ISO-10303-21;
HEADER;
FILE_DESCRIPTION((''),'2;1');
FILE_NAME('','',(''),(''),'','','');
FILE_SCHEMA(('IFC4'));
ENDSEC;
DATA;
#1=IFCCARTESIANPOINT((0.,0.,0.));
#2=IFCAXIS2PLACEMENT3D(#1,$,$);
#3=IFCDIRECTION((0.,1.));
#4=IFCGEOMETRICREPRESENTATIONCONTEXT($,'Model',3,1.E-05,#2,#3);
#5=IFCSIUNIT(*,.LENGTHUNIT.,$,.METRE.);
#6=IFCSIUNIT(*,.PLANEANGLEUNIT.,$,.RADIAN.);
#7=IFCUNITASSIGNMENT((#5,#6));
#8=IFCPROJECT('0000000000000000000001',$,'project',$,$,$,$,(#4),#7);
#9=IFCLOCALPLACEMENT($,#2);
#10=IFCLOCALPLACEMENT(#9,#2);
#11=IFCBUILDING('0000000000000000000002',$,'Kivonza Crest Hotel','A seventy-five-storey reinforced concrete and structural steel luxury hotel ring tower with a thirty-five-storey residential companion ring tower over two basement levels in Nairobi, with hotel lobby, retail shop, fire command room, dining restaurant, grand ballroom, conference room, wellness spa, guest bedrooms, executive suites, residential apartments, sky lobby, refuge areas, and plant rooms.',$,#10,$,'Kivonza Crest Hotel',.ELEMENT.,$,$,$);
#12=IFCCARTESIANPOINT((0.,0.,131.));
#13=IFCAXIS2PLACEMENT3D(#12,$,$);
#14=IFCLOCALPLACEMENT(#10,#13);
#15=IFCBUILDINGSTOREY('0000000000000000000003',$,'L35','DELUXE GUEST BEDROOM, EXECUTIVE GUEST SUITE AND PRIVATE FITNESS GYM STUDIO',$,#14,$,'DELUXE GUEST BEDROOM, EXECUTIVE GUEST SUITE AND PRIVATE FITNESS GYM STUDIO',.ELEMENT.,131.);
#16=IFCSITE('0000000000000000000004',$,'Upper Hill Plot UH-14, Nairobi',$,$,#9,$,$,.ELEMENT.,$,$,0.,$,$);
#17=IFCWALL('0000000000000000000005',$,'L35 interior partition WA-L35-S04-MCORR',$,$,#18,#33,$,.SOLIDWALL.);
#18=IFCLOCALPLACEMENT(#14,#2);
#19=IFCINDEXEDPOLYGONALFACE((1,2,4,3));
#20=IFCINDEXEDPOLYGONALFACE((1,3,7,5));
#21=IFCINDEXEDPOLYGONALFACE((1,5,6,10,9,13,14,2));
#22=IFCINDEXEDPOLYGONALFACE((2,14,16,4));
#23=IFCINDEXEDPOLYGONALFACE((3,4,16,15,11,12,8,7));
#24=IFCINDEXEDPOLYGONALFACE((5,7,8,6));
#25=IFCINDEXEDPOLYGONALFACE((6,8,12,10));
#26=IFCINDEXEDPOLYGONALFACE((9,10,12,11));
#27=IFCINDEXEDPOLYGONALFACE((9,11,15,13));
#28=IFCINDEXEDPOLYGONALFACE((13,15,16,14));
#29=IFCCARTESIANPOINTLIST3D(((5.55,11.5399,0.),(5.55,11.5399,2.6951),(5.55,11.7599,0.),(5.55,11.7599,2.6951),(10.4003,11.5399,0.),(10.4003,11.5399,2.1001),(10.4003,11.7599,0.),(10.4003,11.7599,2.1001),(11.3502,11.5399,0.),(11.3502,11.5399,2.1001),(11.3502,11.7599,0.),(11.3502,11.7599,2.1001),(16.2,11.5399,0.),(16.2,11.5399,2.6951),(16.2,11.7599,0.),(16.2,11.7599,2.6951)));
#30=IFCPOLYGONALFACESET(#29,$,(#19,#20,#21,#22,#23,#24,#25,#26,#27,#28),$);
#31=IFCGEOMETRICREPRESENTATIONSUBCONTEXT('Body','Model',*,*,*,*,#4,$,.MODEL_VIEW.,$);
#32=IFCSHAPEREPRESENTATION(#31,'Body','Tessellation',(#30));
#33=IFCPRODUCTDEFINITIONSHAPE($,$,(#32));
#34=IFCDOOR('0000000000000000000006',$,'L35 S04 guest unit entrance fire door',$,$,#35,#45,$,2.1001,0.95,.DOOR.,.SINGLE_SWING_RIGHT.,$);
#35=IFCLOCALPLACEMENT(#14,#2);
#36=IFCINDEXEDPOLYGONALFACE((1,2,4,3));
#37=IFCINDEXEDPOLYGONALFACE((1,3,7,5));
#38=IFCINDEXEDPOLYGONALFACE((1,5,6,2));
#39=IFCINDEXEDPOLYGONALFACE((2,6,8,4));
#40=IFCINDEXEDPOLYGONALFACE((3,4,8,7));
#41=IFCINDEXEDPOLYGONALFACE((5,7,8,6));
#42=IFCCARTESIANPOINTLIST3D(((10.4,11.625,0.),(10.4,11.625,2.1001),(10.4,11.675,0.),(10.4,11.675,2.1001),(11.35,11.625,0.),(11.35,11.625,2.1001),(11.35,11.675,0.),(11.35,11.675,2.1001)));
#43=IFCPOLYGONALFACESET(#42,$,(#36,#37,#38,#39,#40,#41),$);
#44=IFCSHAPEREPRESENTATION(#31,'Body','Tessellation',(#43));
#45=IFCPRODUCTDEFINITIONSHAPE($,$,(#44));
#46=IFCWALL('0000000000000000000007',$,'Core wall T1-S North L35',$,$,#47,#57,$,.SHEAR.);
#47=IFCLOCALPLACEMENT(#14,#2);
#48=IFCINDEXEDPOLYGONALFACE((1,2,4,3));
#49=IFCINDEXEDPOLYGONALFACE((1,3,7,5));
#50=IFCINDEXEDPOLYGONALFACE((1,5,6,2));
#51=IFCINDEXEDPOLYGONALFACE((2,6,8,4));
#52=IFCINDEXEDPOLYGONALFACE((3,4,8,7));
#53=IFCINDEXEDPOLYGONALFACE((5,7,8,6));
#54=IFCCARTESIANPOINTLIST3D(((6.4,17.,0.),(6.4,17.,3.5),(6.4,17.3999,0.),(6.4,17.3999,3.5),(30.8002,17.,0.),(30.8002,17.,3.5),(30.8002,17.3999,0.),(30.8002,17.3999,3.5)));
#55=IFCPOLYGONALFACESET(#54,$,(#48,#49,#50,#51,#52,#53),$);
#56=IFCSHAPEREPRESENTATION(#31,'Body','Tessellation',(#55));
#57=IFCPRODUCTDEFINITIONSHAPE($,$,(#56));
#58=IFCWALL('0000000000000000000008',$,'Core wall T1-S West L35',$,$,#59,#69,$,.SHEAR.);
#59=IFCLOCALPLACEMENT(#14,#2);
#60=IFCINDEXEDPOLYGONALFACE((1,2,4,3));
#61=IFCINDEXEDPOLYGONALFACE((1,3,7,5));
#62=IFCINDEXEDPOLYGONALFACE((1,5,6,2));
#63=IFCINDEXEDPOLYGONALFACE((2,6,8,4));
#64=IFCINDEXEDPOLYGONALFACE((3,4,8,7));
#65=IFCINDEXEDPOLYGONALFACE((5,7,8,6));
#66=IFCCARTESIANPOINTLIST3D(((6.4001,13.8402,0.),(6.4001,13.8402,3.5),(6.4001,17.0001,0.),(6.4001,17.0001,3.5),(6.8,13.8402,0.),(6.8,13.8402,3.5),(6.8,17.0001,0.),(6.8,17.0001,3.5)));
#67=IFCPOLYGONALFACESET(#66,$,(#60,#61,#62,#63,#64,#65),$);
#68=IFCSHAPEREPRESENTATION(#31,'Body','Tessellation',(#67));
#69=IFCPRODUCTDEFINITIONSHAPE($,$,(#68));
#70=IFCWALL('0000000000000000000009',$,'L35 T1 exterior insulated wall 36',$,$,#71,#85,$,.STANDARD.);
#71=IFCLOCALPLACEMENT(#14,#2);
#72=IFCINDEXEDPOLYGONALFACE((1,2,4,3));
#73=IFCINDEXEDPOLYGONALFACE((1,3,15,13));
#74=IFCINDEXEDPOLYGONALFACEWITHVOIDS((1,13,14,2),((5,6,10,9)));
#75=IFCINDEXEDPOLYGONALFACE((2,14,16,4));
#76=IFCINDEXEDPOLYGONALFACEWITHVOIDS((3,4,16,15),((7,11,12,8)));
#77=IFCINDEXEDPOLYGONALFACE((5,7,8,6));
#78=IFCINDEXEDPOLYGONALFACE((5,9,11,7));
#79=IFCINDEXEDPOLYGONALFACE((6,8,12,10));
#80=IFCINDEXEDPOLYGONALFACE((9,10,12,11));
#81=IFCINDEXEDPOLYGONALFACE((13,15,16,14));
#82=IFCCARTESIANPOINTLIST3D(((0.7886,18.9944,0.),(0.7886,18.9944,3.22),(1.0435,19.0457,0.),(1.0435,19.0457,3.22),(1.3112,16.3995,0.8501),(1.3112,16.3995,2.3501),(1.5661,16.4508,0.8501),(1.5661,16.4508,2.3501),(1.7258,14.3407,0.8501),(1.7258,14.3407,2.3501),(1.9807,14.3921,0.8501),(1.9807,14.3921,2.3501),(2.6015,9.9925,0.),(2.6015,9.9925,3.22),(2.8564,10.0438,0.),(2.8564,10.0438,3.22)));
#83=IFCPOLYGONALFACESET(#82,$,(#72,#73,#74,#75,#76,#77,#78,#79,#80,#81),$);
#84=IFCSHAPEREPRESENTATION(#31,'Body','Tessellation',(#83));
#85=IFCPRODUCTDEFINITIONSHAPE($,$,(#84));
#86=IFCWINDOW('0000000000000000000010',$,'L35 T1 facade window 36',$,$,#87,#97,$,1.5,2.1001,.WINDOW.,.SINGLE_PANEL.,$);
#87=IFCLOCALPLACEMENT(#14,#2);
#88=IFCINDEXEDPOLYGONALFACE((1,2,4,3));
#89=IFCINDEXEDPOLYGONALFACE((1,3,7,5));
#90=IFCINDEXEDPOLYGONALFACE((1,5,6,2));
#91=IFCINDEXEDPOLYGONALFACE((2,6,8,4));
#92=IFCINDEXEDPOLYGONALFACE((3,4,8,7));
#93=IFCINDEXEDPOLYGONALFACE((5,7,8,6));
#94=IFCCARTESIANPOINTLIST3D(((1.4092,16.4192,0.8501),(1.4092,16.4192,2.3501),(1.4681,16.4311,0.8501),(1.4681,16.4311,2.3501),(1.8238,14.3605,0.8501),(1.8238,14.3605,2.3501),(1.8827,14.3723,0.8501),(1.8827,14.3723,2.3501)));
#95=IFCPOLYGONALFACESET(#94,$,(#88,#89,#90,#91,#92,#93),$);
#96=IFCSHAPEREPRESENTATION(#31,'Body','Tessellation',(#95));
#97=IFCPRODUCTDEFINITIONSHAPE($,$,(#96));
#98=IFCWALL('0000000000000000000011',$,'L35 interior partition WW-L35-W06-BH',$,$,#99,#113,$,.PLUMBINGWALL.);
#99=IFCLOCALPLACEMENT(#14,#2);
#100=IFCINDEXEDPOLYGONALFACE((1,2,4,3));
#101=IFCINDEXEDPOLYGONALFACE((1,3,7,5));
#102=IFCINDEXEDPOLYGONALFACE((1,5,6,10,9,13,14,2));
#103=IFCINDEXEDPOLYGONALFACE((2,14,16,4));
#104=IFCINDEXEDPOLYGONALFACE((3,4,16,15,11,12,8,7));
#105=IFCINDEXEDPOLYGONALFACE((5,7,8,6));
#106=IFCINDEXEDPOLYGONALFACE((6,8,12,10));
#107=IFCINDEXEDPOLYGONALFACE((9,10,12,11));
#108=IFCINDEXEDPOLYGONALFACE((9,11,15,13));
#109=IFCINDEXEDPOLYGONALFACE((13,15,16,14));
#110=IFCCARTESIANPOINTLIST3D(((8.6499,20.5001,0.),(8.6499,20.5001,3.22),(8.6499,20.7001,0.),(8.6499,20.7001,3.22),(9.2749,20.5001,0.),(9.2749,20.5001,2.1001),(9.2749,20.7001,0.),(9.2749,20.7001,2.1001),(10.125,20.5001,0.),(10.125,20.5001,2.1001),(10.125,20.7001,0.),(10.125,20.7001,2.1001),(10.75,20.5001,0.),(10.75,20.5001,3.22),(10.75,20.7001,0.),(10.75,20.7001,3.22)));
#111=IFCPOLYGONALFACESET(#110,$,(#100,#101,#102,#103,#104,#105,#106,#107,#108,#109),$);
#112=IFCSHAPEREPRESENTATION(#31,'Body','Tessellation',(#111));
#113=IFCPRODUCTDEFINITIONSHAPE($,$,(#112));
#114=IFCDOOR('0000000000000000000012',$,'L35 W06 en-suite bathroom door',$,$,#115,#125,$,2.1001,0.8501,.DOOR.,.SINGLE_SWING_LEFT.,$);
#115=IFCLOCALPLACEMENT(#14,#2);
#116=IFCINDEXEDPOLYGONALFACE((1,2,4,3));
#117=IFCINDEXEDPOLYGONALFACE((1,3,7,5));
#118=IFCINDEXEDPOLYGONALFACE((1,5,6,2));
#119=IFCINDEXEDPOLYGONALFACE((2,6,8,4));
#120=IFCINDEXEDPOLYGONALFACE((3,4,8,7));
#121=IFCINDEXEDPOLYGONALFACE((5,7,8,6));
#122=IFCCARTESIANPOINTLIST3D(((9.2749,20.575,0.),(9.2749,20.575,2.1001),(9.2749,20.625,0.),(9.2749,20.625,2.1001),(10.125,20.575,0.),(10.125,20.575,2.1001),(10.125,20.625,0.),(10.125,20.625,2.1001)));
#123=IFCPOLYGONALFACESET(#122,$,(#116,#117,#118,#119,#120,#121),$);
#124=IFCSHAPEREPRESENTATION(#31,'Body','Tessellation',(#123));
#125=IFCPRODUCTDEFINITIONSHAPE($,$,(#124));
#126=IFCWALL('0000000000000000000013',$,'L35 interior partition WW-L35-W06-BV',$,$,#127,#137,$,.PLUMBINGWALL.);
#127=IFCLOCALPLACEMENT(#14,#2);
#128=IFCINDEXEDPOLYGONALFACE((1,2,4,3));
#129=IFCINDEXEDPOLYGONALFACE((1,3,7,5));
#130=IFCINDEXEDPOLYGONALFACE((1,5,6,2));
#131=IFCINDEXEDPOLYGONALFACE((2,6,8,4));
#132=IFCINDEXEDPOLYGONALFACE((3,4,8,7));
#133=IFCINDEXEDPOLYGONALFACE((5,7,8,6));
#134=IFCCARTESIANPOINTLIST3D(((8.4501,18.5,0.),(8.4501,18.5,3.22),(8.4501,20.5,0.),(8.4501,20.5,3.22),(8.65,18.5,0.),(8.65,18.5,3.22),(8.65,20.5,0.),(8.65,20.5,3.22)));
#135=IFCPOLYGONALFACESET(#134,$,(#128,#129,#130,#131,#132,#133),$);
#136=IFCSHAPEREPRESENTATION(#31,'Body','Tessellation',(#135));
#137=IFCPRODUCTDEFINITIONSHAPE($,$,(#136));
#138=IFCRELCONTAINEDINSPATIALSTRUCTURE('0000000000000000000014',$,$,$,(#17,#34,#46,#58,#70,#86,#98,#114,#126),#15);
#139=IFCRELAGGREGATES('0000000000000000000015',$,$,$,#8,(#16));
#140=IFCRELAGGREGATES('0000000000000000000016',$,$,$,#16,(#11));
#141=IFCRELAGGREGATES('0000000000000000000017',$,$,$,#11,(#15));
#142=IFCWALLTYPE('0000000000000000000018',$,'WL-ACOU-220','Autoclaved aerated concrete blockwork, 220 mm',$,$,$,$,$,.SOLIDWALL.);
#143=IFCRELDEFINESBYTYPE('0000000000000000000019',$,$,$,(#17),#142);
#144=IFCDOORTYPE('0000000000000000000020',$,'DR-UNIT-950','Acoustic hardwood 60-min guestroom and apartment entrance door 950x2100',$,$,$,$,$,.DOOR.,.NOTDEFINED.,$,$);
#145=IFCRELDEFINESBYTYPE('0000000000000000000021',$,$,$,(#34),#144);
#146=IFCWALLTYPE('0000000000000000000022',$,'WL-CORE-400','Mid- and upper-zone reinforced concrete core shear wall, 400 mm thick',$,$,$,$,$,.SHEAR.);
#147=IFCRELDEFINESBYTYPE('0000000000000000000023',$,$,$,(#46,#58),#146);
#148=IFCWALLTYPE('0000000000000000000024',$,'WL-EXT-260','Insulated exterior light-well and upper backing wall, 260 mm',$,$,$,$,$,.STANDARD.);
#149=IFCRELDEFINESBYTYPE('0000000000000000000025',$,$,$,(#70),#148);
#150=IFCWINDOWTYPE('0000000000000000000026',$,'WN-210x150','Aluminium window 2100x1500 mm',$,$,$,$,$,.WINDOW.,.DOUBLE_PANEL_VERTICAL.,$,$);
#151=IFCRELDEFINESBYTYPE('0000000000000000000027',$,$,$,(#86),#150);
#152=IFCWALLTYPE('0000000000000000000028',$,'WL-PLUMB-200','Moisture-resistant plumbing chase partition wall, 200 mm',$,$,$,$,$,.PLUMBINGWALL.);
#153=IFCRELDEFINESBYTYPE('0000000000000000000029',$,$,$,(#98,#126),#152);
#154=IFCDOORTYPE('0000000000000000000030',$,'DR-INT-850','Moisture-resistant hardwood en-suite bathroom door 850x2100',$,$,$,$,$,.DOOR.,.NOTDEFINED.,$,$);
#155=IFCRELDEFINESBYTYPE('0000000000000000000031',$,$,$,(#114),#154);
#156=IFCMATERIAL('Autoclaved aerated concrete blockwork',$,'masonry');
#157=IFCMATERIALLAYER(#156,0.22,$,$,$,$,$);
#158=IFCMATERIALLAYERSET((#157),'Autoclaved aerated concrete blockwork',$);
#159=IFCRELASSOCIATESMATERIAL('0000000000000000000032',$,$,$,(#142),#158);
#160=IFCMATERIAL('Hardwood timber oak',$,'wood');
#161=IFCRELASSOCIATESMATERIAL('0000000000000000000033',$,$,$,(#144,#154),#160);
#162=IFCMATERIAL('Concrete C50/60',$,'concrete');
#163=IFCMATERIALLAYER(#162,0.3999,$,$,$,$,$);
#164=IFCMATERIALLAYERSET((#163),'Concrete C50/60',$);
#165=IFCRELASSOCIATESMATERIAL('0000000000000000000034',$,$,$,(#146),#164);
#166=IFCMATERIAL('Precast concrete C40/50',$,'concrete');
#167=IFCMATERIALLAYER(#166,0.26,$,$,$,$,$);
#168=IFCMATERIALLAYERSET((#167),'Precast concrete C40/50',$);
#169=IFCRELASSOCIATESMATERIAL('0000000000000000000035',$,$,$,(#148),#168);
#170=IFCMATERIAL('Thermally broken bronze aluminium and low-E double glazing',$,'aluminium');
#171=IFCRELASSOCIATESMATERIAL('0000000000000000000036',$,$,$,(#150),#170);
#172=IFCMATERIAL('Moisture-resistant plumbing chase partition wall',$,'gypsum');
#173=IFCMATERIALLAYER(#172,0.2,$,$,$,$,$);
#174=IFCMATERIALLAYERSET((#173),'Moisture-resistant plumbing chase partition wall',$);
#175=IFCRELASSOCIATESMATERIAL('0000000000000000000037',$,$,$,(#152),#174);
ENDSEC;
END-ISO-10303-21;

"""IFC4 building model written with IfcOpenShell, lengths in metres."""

from ifc_helpers import new_model, si_unit, direction, frame, frame_2d, origin, place, context, subcontext, project, spatial, rectangle, extrude, material, layer, layer_set, type_object, element, fill, save


model = new_model("IFC4")

# Units and contexts
model_context = context("Model", 3, precision=1e-05, world=origin(), true_north=direction((0.0, 1.0)))
body_context = subcontext(model_context, "Body", "Model", "MODEL_VIEW")
ifc_project = project(units=[si_unit("LENGTHUNIT", "METRE"), si_unit("PLANEANGLEUNIT", "RADIAN")], contexts=[model_context])

# Site, building, storey
site_placement = place(None, origin())
site = spatial("IfcSite", under=ifc_project, at=site_placement, Name="Upper Hill Plot UH-14, Nairobi", CompositionType="ELEMENT", RefElevation=0.0)
building_placement = place(site_placement, origin())
building = spatial("IfcBuilding", under=site, at=building_placement, Name="Kivonza Crest Hotel", Description="A seventy-five-storey reinforced concrete and structural steel luxury hotel ring tower with a thirty-five-storey residential companion ring tower over two basement levels in Nairobi, with hotel lobby, retail shop, fire command room, dining restaurant, grand ballroom, conference room, wellness spa, guest bedrooms, executive suites, residential apartments, sky lobby, refuge areas, and plant rooms.", LongName="Kivonza Crest Hotel", CompositionType="ELEMENT")
storey_placement = place(building_placement, frame((0.0, 0.0, 131.0)))
storey = spatial("IfcBuildingStorey", under=building, at=storey_placement, Name="L35", Description="DELUXE GUEST BEDROOM, EXECUTIVE GUEST SUITE AND PRIVATE FITNESS GYM STUDIO", LongName="DELUXE GUEST BEDROOM, EXECUTIVE GUEST SUITE AND PRIVATE FITNESS GYM STUDIO", CompositionType="ELEMENT", Elevation=131.0)

# Shared definitions
ifc_material_1 = material(Name="Concrete C50/60", Category="concrete")

# Shared definitions
ifc_material_2 = material(Name="Autoclaved aerated concrete blockwork", Category="masonry")
ifc_layer_1 = layer(ifc_material_2, 0.22)
ifc_layer_set_1 = layer_set([ifc_layer_1], Name="Autoclaved aerated concrete blockwork")
wall_type_1 = type_object("IfcWallType", Name="WL-ACOU-220", Description="Autoclaved aerated concrete blockwork, 220 mm", PredefinedType="SOLIDWALL", material=ifc_layer_set_1)

# Wall, opening, door
wall_1_placement = place(storey_placement, frame((5.55, 11.6499, 0.0), z_axis=(0.0, 0.0, 1.0), x_axis=(1.0, 0.0, 0.0)))
wall_1 = element("IfcWall", 1, at=wall_1_placement, inside=storey, type_object=wall_type_1, Name="L35 interior partition WA-L35-S04-MCORR", PredefinedType="SOLIDWALL", context=body_context, shape_type="SweptSolid", body=[
    extrude(rectangle(XDim=10.6499, YDim=0.22, at=frame_2d((5.325, 0.0))), origin(), (0.0, 0.0, 1.0), 2.6951),
])
opening_1_placement = place(wall_1_placement, frame((4.8501, 0.0, 0.0)))
opening_1 = element("IfcOpeningElement", 2, at=opening_1_placement, cuts=wall_1, PredefinedType="OPENING", context=body_context, shape_type="SweptSolid", body=[
    extrude(rectangle(XDim=0.95, YDim=2.1001, at=frame_2d((0.4751, 1.05))), frame((0.0, 0.1201, 0.0), z_axis=(0.0, -1.0, 0.0), x_axis=(1.0, 0.0, 0.0)), (0.0, 0.0, 1.0), 0.24),
])
ifc_material_3 = material(Name="Hardwood timber oak", Category="wood")
door_type_1 = type_object("IfcDoorType", Name="DR-UNIT-950", Description="Acoustic hardwood 60-min guestroom and apartment entrance door 950x2100", OperationType="NOTDEFINED", PredefinedType="DOOR", material=ifc_material_3)
door_1_placement = place(opening_1_placement, frame((0.95, 0.0, 0.0), z_axis=(0.0, 0.0, 1.0), x_axis=(-1.0, 0.0, 0.0)))
door_1 = element("IfcDoor", 3, at=door_1_placement, inside=storey, type_object=door_type_1, Name="L35 S04 guest unit entrance fire door", OperationType="SINGLE_SWING_RIGHT", OverallHeight=2.1001, OverallWidth=0.95, PredefinedType="DOOR", context=body_context, shape_type="SweptSolid", body=[
    extrude(rectangle(XDim=0.95, YDim=2.1001, at=frame_2d((0.4751, 1.05))), frame((0.0, 0.0249, 0.0), z_axis=(0.0, -1.0, 0.0), x_axis=(1.0, 0.0, 0.0)), (0.0, 0.0, 1.0), 0.05),
])
fill(opening_1, door_1)

# Shared definitions
ifc_layer_2 = layer(ifc_material_1, 0.3999)
ifc_layer_set_2 = layer_set([ifc_layer_2], Name="Concrete C50/60")
wall_type_2 = type_object("IfcWallType", Name="WL-CORE-400", Description="Mid- and upper-zone reinforced concrete core shear wall, 400 mm thick", PredefinedType="SHEAR", material=ifc_layer_set_2)

# Walls
wall_2_placement = place(storey_placement, frame((6.3999, 17.2, 0.0), z_axis=(0.0, 0.0, 1.0), x_axis=(1.0, 0.0, 0.0)))
element("IfcWall", 4, at=wall_2_placement, inside=storey, type_object=wall_type_2, Name="Core wall T1-S North L35", PredefinedType="SHEAR", context=body_context, shape_type="SweptSolid", body=[
    extrude(rectangle(XDim=24.4001, YDim=0.3999, at=frame_2d((12.2002, 0.0))), origin(), (0.0, 0.0, 1.0), 3.5),
])
wall_3_placement = place(storey_placement, frame((6.6001, 13.8401, 0.0), z_axis=(0.0, 0.0, 1.0), x_axis=(0.0, 1.0, 0.0)))
element("IfcWall", 5, at=wall_3_placement, inside=storey, type_object=wall_type_2, Name="Core wall T1-S West L35", PredefinedType="SHEAR", context=body_context, shape_type="SweptSolid", body=[
    extrude(rectangle(XDim=3.1599, YDim=0.3999, at=frame_2d((1.5801, 0.0))), origin(), (0.0, 0.0, 1.0), 3.5),
])

# Wall, opening, window
ifc_material_4 = material(Name="Precast concrete C40/50", Category="concrete")
ifc_layer_3 = layer(ifc_material_4, 0.26)
ifc_layer_set_3 = layer_set([ifc_layer_3], Name="Precast concrete C40/50")
wall_type_3 = type_object("IfcWallType", Name="WL-EXT-260", Description="Insulated exterior light-well and upper backing wall, 260 mm", PredefinedType="STANDARD", material=ifc_layer_set_3)
wall_4_placement = place(storey_placement, frame((0.916, 19.02, 0.0), z_axis=(0.0, 0.0, 1.0), x_axis=(0.197435, -0.980316, 0.0)))
wall_4 = element("IfcWall", 6, at=wall_4_placement, inside=storey, type_object=wall_type_3, Name="L35 T1 exterior insulated wall 36", PredefinedType="STANDARD", context=body_context, shape_type="SweptSolid", body=[
    extrude(rectangle(XDim=9.1826, YDim=0.26, at=frame_2d((4.5913, 0.0))), origin(), (0.0, 0.0, 1.0), 3.22),
])
opening_2_placement = place(wall_4_placement, frame((2.647, 0.0, 0.8501)))
opening_2 = element("IfcOpeningElement", 7, at=opening_2_placement, cuts=wall_4, PredefinedType="OPENING", context=body_context, shape_type="SweptSolid", body=[
    extrude(rectangle(XDim=2.1001, YDim=1.5, at=frame_2d((1.05, 0.75))), frame((0.0, 0.1401, 0.0), z_axis=(0.0, -1.0, 0.0), x_axis=(1.0, 0.0, 0.0)), (0.0, 0.0, 1.0), 0.28),
])
ifc_material_5 = material(Name="Thermally broken bronze aluminium and low-E double glazing", Category="aluminium")
window_type = type_object("IfcWindowType", Name="WN-210x150", Description="Aluminium window 2100x1500 mm", PartitioningType="DOUBLE_PANEL_VERTICAL", PredefinedType="WINDOW", material=ifc_material_5)
window_placement = place(opening_2_placement, origin())
window = element("IfcWindow", 8, at=window_placement, inside=storey, type_object=window_type, Name="L35 T1 facade window 36", OverallHeight=1.5, OverallWidth=2.1001, PartitioningType="SINGLE_PANEL", PredefinedType="WINDOW", context=body_context, shape_type="SweptSolid", body=[
    extrude(rectangle(XDim=2.1001, YDim=1.5, at=frame_2d((1.05, 0.75))), frame((0.0, 0.03, 0.0), z_axis=(0.0, -1.0, 0.0), x_axis=(1.0, 0.0, 0.0)), (0.0, 0.0, 1.0), 0.0601),
])
fill(opening_2, window)

# Wall, opening, door
ifc_material_6 = material(Name="Moisture-resistant plumbing chase partition wall", Category="gypsum")
ifc_layer_4 = layer(ifc_material_6, 0.2)
ifc_layer_set_4 = layer_set([ifc_layer_4], Name="Moisture-resistant plumbing chase partition wall")
wall_type_4 = type_object("IfcWallType", Name="WL-PLUMB-200", Description="Moisture-resistant plumbing chase partition wall, 200 mm", PredefinedType="PLUMBINGWALL", material=ifc_layer_set_4)
wall_5_placement = place(storey_placement, frame((8.6499, 20.6001, 0.0), z_axis=(0.0, 0.0, 1.0), x_axis=(1.0, 0.0, 0.0)))
wall_5 = element("IfcWall", 9, at=wall_5_placement, inside=storey, type_object=wall_type_4, Name="L35 interior partition WW-L35-W06-BH", PredefinedType="PLUMBINGWALL", context=body_context, shape_type="SweptSolid", body=[
    extrude(rectangle(XDim=2.1001, YDim=0.2, at=frame_2d((1.05, 0.0))), origin(), (0.0, 0.0, 1.0), 3.22),
])
opening_3_placement = place(wall_5_placement, frame((0.625, 0.0, 0.0)))
opening_3 = element("IfcOpeningElement", 10, at=opening_3_placement, cuts=wall_5, PredefinedType="OPENING", context=body_context, shape_type="SweptSolid", body=[
    extrude(rectangle(XDim=0.8501, YDim=2.1001, at=frame_2d((0.425, 1.05))), frame((0.0, 0.1099, 0.0), z_axis=(0.0, -1.0, 0.0), x_axis=(1.0, 0.0, 0.0)), (0.0, 0.0, 1.0), 0.22),
])
door_type_2 = type_object("IfcDoorType", Name="DR-INT-850", Description="Moisture-resistant hardwood en-suite bathroom door 850x2100", OperationType="NOTDEFINED", PredefinedType="DOOR", material=ifc_material_3)
door_2_placement = place(opening_3_placement, origin())
door_2 = element("IfcDoor", 11, at=door_2_placement, inside=storey, type_object=door_type_2, Name="L35 W06 en-suite bathroom door", OperationType="SINGLE_SWING_LEFT", OverallHeight=2.1001, OverallWidth=0.8501, PredefinedType="DOOR", context=body_context, shape_type="SweptSolid", body=[
    extrude(rectangle(XDim=0.8501, YDim=2.1001, at=frame_2d((0.425, 1.05))), frame((0.0, 0.0249, 0.0), z_axis=(0.0, -1.0, 0.0), x_axis=(1.0, 0.0, 0.0)), (0.0, 0.0, 1.0), 0.05),
])
fill(opening_3, door_2)

# Wall
wall_6_placement = place(storey_placement, frame((8.55, 18.5, 0.0), z_axis=(0.0, 0.0, 1.0), x_axis=(0.0, 1.0, 0.0)))
element("IfcWall", 12, at=wall_6_placement, inside=storey, type_object=wall_type_4, Name="L35 interior partition WW-L35-W06-BV", PredefinedType="PLUMBINGWALL", context=body_context, shape_type="SweptSolid", body=[
    extrude(rectangle(XDim=2.0, YDim=0.2, at=frame_2d((1.0, 0.0))), origin(), (0.0, 0.0, 1.0), 3.22),
])

save(model, "model.ifc")
